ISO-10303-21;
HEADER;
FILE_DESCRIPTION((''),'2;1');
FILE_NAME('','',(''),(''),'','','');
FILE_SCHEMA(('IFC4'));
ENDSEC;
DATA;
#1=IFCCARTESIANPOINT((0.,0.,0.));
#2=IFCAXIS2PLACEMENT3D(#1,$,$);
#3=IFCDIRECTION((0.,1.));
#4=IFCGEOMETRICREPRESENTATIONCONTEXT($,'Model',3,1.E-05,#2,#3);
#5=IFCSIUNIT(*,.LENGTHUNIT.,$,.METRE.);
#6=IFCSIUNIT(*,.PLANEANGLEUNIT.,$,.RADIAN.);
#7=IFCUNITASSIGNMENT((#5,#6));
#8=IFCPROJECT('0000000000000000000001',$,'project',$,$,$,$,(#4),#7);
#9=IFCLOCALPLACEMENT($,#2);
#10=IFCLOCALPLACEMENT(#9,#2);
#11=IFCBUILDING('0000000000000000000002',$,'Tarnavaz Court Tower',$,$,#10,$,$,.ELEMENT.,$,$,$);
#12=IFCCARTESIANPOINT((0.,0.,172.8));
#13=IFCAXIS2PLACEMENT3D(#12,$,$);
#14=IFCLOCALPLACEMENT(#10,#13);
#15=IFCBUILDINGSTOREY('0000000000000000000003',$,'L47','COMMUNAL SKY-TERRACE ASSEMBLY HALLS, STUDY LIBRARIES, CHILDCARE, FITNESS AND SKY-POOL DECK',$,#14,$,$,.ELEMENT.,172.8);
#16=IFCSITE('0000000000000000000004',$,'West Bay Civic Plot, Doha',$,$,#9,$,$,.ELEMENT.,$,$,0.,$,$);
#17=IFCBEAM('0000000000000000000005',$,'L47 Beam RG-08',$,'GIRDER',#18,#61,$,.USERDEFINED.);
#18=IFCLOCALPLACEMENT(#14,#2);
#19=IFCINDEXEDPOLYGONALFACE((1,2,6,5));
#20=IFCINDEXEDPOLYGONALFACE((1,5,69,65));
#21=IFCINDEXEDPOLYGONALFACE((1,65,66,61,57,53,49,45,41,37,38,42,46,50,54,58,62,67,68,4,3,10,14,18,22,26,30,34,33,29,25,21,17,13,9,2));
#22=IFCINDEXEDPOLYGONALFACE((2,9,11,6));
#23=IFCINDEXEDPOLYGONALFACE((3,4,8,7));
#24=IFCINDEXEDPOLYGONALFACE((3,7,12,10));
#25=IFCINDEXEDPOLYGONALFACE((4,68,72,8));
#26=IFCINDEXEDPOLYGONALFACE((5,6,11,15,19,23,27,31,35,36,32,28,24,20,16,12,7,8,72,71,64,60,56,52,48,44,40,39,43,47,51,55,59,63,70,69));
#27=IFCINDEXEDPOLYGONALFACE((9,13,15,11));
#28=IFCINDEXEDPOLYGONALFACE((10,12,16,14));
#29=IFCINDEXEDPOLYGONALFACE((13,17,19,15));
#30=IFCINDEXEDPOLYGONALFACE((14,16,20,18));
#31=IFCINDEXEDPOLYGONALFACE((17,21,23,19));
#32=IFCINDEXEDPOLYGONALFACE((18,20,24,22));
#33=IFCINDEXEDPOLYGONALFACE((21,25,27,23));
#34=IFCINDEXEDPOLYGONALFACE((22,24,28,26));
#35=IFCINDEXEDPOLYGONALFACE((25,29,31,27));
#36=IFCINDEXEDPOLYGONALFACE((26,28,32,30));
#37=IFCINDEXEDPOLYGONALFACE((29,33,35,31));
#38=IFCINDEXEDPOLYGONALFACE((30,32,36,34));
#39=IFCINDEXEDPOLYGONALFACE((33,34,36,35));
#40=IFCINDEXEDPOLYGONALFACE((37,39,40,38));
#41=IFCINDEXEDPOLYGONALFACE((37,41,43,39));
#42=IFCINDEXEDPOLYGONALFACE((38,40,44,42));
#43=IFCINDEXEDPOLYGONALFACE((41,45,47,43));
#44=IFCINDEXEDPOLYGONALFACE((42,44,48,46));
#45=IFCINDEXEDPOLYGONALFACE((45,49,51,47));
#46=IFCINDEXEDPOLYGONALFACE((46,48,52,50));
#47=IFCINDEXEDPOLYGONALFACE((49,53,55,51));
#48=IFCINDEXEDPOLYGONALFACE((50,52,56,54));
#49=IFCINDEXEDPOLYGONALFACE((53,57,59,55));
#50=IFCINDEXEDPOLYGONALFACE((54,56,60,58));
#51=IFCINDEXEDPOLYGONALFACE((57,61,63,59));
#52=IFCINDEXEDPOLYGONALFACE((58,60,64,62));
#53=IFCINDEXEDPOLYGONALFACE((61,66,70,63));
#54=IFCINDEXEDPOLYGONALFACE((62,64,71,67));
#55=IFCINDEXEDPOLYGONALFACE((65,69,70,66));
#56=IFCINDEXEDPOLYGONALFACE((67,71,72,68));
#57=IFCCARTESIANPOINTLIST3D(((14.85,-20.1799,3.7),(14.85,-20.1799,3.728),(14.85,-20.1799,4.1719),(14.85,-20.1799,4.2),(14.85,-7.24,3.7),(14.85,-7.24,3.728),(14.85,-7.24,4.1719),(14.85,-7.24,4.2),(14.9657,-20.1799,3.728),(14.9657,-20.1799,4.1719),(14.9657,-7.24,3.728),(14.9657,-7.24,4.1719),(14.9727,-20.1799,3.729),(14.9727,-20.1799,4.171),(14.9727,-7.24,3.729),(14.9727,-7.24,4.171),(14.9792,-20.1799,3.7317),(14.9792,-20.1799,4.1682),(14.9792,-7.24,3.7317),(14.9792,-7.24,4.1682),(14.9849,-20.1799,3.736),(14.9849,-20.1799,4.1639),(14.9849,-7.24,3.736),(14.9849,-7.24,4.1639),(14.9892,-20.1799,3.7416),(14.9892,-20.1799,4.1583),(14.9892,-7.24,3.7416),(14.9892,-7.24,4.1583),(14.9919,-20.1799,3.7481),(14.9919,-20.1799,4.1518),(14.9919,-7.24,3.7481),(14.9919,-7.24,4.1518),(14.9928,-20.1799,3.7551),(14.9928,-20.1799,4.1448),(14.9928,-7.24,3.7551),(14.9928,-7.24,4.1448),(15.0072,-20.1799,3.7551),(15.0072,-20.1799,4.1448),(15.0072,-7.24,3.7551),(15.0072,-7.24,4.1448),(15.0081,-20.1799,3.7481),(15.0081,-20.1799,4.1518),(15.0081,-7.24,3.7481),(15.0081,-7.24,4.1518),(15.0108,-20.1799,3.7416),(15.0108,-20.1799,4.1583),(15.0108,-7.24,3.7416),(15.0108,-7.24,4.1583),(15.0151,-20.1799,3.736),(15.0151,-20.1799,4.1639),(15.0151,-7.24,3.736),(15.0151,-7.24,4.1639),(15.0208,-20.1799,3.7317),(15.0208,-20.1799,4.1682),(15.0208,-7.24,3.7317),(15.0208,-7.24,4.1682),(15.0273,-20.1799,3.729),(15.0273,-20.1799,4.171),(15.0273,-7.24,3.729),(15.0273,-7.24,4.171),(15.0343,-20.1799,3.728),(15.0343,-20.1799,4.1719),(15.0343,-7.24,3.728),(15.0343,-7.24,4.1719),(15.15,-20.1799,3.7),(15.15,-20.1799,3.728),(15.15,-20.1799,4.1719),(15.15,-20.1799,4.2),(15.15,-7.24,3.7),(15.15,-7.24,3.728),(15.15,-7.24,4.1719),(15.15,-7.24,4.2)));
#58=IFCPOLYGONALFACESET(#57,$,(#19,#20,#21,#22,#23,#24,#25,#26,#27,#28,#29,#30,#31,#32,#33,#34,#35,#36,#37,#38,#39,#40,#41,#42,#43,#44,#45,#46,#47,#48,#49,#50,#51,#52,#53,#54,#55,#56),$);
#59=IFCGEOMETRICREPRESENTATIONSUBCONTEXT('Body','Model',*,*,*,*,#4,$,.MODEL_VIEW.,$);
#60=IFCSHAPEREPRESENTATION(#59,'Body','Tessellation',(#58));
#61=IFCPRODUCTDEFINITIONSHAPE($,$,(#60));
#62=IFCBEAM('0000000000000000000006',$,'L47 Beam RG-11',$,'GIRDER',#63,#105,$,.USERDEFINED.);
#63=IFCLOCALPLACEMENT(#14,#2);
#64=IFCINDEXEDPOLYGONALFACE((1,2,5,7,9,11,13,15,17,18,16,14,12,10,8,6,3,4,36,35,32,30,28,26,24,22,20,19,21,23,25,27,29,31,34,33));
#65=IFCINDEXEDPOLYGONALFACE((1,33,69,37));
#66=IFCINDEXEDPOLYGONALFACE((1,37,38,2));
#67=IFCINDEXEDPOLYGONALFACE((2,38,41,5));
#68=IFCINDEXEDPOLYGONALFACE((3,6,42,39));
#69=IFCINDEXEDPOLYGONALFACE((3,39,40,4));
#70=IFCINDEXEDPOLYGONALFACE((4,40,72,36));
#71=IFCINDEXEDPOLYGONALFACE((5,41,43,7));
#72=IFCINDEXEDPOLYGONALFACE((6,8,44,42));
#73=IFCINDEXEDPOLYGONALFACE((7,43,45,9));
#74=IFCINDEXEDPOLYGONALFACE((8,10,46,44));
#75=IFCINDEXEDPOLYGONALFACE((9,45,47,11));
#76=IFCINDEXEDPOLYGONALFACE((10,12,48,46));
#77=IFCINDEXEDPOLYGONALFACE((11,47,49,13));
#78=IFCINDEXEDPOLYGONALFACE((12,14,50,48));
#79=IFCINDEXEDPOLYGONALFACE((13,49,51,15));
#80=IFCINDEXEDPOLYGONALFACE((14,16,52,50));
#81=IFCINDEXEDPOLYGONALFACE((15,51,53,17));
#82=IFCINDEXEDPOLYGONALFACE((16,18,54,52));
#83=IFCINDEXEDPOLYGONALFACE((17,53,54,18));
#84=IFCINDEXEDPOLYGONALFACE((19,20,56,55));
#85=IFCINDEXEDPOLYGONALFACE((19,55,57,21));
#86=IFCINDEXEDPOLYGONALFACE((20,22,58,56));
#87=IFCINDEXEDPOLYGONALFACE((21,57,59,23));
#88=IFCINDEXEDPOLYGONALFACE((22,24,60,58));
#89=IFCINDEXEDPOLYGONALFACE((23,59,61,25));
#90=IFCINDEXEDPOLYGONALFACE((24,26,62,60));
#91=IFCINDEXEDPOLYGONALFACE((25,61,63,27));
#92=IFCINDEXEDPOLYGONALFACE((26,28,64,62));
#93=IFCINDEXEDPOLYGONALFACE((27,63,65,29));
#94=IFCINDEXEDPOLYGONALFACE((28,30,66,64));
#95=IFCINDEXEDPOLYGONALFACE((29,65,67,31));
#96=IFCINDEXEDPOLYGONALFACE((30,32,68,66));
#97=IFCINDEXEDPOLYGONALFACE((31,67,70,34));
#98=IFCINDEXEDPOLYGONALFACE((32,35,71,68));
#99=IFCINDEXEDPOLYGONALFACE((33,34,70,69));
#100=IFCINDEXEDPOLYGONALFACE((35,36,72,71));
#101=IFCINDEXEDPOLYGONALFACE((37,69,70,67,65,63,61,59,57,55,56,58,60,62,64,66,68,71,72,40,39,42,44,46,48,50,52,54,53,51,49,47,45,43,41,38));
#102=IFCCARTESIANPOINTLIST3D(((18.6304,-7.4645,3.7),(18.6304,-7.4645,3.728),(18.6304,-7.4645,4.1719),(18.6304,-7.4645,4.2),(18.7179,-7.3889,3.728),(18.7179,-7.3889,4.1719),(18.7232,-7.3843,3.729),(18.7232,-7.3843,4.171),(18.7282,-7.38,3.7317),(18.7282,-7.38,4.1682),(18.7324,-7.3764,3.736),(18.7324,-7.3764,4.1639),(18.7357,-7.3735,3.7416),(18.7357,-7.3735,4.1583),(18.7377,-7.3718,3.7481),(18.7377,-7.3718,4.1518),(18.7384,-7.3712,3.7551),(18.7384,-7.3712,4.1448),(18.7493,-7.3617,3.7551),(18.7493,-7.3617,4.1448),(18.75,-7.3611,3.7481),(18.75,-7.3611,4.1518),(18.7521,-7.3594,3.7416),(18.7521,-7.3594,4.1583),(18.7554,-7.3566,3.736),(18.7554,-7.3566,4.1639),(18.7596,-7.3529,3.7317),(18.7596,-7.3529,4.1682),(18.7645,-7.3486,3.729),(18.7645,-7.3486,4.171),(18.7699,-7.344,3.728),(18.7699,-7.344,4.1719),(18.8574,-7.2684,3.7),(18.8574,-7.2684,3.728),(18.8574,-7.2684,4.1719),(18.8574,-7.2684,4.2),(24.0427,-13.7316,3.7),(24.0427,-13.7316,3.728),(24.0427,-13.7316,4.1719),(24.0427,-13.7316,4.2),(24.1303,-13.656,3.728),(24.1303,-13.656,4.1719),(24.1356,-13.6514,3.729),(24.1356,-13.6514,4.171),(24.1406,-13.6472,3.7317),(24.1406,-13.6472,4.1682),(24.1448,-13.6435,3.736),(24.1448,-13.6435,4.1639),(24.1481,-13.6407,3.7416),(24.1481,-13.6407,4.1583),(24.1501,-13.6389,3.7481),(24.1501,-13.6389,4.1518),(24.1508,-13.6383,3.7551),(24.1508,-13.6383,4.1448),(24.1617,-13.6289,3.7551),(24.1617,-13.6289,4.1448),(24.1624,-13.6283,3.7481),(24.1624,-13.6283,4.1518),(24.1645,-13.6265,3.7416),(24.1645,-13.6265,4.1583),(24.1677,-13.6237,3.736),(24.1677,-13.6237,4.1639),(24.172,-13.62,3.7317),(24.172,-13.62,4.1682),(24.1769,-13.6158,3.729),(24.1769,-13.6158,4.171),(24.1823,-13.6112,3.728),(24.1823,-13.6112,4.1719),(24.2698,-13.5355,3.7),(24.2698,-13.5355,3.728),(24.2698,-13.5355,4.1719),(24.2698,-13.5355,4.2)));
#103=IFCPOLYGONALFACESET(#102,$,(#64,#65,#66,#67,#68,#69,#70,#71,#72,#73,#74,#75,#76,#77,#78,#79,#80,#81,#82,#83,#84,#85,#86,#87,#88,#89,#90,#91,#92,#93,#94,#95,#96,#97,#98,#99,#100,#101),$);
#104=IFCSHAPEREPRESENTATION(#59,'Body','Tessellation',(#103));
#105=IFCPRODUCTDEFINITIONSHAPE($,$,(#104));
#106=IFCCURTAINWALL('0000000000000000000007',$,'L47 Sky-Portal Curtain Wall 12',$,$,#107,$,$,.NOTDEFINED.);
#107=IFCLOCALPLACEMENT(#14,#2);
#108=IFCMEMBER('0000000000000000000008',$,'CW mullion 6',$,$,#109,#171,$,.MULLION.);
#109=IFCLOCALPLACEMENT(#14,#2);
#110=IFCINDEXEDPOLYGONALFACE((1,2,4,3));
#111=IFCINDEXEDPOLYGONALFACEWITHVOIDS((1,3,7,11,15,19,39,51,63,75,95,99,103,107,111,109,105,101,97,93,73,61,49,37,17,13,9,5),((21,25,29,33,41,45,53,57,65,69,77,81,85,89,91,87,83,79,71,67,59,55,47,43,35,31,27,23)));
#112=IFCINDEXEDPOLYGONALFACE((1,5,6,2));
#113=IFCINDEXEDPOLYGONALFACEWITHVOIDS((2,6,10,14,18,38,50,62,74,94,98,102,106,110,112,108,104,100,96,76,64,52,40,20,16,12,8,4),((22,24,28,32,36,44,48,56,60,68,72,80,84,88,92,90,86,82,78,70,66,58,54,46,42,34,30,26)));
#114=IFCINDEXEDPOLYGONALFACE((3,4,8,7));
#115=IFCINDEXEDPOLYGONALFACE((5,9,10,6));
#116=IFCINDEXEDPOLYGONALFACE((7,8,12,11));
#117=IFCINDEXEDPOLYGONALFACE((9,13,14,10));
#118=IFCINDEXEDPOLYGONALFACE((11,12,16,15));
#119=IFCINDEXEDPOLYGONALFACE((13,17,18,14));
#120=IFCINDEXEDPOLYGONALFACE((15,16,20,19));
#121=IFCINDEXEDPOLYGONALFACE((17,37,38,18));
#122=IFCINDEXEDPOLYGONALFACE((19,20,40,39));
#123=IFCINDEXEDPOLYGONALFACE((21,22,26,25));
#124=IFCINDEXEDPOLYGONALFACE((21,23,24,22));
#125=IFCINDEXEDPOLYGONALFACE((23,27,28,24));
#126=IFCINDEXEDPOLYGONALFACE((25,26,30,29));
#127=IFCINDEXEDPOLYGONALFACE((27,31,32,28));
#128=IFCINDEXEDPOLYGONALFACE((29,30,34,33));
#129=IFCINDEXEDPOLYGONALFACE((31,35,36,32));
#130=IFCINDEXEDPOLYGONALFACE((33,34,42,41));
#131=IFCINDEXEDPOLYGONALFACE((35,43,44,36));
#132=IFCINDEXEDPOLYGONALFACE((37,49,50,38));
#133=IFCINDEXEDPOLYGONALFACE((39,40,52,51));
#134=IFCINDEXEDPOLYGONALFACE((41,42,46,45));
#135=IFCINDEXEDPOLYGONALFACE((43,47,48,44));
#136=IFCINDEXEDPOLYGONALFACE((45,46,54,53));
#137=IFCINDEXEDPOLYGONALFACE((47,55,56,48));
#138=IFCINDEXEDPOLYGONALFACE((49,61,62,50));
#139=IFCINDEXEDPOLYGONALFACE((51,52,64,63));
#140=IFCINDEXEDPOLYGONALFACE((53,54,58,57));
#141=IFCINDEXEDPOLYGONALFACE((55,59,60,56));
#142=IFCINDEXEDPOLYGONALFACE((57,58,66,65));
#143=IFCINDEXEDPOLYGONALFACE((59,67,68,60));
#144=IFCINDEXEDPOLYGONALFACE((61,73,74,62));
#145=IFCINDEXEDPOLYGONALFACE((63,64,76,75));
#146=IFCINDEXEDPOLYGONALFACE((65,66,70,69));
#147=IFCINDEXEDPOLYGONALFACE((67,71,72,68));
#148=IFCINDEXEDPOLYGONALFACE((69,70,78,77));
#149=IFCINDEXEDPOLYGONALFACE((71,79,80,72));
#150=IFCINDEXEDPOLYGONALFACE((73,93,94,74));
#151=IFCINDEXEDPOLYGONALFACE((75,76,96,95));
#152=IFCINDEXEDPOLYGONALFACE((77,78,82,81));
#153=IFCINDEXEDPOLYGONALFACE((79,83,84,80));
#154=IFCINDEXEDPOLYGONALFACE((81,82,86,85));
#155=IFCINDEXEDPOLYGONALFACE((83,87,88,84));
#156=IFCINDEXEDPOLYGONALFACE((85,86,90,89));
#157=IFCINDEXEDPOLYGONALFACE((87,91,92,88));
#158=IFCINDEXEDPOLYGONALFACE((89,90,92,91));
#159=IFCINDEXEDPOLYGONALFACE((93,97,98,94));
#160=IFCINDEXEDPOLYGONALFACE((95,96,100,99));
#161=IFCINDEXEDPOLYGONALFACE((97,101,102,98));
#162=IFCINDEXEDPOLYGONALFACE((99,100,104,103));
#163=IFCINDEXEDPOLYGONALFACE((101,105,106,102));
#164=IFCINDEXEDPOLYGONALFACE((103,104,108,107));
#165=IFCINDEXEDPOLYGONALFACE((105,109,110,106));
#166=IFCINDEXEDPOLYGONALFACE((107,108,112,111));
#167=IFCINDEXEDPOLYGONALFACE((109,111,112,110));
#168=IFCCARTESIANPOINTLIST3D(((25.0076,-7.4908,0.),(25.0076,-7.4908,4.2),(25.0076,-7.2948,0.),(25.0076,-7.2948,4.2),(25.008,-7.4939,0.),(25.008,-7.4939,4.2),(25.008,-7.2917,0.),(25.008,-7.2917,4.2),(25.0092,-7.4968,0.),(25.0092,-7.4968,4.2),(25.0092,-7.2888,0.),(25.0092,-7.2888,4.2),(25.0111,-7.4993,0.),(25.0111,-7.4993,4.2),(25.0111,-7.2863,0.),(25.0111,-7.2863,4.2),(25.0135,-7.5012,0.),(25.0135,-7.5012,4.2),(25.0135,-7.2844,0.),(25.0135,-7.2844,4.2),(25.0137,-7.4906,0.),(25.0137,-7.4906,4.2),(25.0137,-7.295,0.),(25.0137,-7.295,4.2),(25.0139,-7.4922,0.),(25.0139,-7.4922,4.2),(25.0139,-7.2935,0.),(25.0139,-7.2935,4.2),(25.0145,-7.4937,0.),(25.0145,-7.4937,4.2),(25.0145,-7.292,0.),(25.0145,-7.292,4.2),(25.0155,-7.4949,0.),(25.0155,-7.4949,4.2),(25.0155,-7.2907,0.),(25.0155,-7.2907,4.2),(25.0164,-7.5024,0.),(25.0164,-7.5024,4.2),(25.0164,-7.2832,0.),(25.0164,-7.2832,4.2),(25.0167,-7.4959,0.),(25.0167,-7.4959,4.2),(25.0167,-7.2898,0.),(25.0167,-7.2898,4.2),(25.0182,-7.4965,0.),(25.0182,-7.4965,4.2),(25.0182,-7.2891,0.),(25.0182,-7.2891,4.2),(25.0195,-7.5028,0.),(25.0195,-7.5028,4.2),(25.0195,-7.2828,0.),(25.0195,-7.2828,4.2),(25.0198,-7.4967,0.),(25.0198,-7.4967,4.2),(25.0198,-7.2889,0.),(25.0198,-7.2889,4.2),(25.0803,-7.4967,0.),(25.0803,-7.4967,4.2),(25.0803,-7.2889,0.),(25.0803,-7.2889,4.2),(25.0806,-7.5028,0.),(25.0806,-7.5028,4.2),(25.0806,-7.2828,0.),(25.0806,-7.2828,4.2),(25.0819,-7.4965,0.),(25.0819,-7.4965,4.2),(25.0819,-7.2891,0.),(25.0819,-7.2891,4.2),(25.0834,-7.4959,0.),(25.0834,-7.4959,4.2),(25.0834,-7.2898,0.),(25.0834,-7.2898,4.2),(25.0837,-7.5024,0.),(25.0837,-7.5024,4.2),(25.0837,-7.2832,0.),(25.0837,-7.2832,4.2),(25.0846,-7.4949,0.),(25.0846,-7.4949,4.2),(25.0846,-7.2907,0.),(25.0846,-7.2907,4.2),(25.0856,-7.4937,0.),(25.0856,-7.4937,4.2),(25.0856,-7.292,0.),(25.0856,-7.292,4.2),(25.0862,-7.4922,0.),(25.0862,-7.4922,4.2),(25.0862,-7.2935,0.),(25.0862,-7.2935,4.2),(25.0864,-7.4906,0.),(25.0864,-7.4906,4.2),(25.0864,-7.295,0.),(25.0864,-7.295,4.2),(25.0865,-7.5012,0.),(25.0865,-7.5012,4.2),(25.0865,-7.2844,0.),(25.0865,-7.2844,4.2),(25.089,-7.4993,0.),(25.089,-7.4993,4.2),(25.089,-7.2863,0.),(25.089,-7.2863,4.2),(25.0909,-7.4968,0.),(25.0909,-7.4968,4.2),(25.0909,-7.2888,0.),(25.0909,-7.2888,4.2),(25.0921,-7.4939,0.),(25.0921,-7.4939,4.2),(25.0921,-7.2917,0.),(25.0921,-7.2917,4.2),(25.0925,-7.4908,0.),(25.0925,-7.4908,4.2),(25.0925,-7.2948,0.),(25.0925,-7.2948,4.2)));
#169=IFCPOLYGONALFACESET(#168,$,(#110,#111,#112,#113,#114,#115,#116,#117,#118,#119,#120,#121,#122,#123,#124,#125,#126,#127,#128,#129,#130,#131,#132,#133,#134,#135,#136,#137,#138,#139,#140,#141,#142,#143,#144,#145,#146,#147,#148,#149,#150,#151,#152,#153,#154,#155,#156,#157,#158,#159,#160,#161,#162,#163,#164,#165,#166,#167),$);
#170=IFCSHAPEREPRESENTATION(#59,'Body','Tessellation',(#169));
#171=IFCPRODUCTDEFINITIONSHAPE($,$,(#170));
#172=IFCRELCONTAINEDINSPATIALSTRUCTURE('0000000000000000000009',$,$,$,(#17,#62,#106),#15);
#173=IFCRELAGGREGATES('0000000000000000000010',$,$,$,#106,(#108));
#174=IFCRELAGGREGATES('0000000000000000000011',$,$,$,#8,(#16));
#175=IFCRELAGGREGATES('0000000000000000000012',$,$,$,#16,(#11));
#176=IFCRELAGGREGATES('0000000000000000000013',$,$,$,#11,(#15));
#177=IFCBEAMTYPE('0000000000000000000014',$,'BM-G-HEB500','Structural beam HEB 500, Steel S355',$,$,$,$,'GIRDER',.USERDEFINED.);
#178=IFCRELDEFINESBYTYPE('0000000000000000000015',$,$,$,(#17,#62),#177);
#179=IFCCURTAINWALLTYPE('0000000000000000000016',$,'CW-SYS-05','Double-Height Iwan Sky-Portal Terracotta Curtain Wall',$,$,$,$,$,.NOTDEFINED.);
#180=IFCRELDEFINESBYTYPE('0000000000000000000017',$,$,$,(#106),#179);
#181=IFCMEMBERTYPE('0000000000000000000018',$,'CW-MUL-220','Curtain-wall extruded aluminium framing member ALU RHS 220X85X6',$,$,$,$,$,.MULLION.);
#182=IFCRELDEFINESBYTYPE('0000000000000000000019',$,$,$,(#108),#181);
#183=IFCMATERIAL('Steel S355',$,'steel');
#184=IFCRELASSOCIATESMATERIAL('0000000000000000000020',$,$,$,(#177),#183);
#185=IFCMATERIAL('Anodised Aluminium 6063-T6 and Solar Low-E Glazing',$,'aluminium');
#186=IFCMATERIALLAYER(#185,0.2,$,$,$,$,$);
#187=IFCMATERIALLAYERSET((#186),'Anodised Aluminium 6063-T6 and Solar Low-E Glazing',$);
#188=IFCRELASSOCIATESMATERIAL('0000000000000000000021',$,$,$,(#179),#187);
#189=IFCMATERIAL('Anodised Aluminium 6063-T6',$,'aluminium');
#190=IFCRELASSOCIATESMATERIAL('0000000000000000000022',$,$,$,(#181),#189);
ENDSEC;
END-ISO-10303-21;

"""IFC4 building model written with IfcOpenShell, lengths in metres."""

from ifc_helpers import new_model, si_unit, direction, frame, origin, origin_2d, place, context, subcontext, project, spatial, hollow_rectangle, i_section, extrude, material, layer, layer_set, material_profile, profile_set, type_object, element, aggregate, save


model = new_model("IFC4")

# Units and contexts
model_context = context("Model", 3, precision=1e-05, world=origin(), true_north=direction((0.0, 1.0)))
body_context = subcontext(model_context, "Body", "Model", "MODEL_VIEW")
ifc_project = project(units=[si_unit("LENGTHUNIT", "METRE"), si_unit("PLANEANGLEUNIT", "RADIAN")], contexts=[model_context])

# Site, building, storey
site_placement = place(None, origin())
site = spatial("IfcSite", under=ifc_project, at=site_placement, Name="West Bay Civic Plot, Doha", CompositionType="ELEMENT", RefElevation=0.0)
building_placement = place(site_placement, origin())
building = spatial("IfcBuilding", under=site, at=building_placement, Name="Tarnavaz Court Tower", CompositionType="ELEMENT")
storey_placement = place(building_placement, frame((0.0, 0.0, 172.8)))
storey = spatial("IfcBuildingStorey", under=building, at=storey_placement, Name="L47", Description="COMMUNAL SKY-TERRACE ASSEMBLY HALLS, STUDY LIBRARIES, CHILDCARE, FITNESS AND SKY-POOL DECK", CompositionType="ELEMENT", Elevation=172.8)

# Beams
ifc_material_1 = material(Name="Steel S355", Category="steel")
ifc_material_profile_1 = material_profile(ifc_material_1, i_section(OverallWidth=0.3, OverallDepth=0.5, WebThickness=0.0144, FlangeThickness=0.0281, FilletRadius=0.0271, at=origin_2d()), Name="HEB 500")
ifc_profile_set_1 = profile_set([ifc_material_profile_1], Name="Steel S355")
beam_type = type_object("IfcBeamType", Name="BM-G-HEB500", Description="Structural beam HEB 500, Steel S355", ElementType="GIRDER", PredefinedType="USERDEFINED", material=ifc_profile_set_1)
beam_1_placement = place(storey_placement, frame((15.0, -7.24, 3.95), z_axis=(0.0, -1.0, 0.0), x_axis=(1.0, 0.0, 0.0)))
element("IfcBeam", 1, at=beam_1_placement, inside=storey, type_object=beam_type, Name="L47 Beam RG-08", ObjectType="GIRDER", PredefinedType="USERDEFINED", context=body_context, shape_type="SweptSolid", body=[
    extrude(i_section(OverallWidth=0.3, OverallDepth=0.5, WebThickness=0.0144, FlangeThickness=0.0281, FilletRadius=0.0271, at=origin_2d()), origin(), (0.0, 0.0, 1.0), 12.9399),
])
beam_2_placement = place(storey_placement, frame((18.7439, -7.3665, 3.95), z_axis=(0.653611, -0.756831, 0.0), x_axis=(0.756831, 0.653611, 0.0)))
element("IfcBeam", 2, at=beam_2_placement, inside=storey, type_object=beam_type, Name="L47 Beam RG-11", ObjectType="GIRDER", PredefinedType="USERDEFINED", context=body_context, shape_type="SweptSolid", body=[
    extrude(i_section(OverallWidth=0.3, OverallDepth=0.5, WebThickness=0.0144, FlangeThickness=0.0281, FilletRadius=0.0271, at=origin_2d()), origin(), (0.0, 0.0, 1.0), 8.2808),
])

# Curtain wall, member
ifc_material_2 = material(Name="Anodised Aluminium 6063-T6 and Solar Low-E Glazing", Category="aluminium")
ifc_layer_1 = layer(ifc_material_2, 0.2)
ifc_layer_set_1 = layer_set([ifc_layer_1], Name="Anodised Aluminium 6063-T6 and Solar Low-E Glazing")
curtain_wall_type = type_object("IfcCurtainWallType", Name="CW-SYS-05", Description="Double-Height Iwan Sky-Portal Terracotta Curtain Wall", PredefinedType="NOTDEFINED", material=ifc_layer_set_1)
curtain_wall_placement = place(storey_placement, origin())
curtain_wall = element("IfcCurtainWall", 3, at=curtain_wall_placement, inside=storey, type_object=curtain_wall_type, Name="L47 Sky-Portal Curtain Wall 12", PredefinedType="NOTDEFINED")
ifc_material_3 = material(Name="Anodised Aluminium 6063-T6", Category="aluminium")
ifc_material_profile_2 = material_profile(ifc_material_3, hollow_rectangle(XDim=0.085, YDim=0.22, WallThickness=0.0061, InnerFilletRadius=0.0061, OuterFilletRadius=0.012, at=origin_2d()), Name="ALU RHS 220X85X6")
ifc_profile_set_2 = profile_set([ifc_material_profile_2], Name="Anodised Aluminium 6063-T6")
member_type_1 = type_object("IfcMemberType", Name="CW-MUL-220", Description="Curtain-wall extruded aluminium framing member ALU RHS 220X85X6", PredefinedType="MULLION", material=ifc_profile_set_2)
member_1_placement = place(storey_placement, frame((25.05, -7.3928, 0.0), z_axis=(0.0, 0.0, 1.0), x_axis=(1.0, 0.0, 0.0)))
member_1 = element("IfcMember", 4, at=member_1_placement, type_object=member_type_1, Name="CW mullion 6", PredefinedType="MULLION", context=body_context, shape_type="SweptSolid", body=[
    extrude(hollow_rectangle(XDim=0.085, YDim=0.22, WallThickness=0.0061, InnerFilletRadius=0.0061, OuterFilletRadius=0.012, at=origin_2d()), origin(), (0.0, 0.0, 1.0), 4.2),
])
aggregate(curtain_wall, [member_1])

save(model, "model.ifc")
